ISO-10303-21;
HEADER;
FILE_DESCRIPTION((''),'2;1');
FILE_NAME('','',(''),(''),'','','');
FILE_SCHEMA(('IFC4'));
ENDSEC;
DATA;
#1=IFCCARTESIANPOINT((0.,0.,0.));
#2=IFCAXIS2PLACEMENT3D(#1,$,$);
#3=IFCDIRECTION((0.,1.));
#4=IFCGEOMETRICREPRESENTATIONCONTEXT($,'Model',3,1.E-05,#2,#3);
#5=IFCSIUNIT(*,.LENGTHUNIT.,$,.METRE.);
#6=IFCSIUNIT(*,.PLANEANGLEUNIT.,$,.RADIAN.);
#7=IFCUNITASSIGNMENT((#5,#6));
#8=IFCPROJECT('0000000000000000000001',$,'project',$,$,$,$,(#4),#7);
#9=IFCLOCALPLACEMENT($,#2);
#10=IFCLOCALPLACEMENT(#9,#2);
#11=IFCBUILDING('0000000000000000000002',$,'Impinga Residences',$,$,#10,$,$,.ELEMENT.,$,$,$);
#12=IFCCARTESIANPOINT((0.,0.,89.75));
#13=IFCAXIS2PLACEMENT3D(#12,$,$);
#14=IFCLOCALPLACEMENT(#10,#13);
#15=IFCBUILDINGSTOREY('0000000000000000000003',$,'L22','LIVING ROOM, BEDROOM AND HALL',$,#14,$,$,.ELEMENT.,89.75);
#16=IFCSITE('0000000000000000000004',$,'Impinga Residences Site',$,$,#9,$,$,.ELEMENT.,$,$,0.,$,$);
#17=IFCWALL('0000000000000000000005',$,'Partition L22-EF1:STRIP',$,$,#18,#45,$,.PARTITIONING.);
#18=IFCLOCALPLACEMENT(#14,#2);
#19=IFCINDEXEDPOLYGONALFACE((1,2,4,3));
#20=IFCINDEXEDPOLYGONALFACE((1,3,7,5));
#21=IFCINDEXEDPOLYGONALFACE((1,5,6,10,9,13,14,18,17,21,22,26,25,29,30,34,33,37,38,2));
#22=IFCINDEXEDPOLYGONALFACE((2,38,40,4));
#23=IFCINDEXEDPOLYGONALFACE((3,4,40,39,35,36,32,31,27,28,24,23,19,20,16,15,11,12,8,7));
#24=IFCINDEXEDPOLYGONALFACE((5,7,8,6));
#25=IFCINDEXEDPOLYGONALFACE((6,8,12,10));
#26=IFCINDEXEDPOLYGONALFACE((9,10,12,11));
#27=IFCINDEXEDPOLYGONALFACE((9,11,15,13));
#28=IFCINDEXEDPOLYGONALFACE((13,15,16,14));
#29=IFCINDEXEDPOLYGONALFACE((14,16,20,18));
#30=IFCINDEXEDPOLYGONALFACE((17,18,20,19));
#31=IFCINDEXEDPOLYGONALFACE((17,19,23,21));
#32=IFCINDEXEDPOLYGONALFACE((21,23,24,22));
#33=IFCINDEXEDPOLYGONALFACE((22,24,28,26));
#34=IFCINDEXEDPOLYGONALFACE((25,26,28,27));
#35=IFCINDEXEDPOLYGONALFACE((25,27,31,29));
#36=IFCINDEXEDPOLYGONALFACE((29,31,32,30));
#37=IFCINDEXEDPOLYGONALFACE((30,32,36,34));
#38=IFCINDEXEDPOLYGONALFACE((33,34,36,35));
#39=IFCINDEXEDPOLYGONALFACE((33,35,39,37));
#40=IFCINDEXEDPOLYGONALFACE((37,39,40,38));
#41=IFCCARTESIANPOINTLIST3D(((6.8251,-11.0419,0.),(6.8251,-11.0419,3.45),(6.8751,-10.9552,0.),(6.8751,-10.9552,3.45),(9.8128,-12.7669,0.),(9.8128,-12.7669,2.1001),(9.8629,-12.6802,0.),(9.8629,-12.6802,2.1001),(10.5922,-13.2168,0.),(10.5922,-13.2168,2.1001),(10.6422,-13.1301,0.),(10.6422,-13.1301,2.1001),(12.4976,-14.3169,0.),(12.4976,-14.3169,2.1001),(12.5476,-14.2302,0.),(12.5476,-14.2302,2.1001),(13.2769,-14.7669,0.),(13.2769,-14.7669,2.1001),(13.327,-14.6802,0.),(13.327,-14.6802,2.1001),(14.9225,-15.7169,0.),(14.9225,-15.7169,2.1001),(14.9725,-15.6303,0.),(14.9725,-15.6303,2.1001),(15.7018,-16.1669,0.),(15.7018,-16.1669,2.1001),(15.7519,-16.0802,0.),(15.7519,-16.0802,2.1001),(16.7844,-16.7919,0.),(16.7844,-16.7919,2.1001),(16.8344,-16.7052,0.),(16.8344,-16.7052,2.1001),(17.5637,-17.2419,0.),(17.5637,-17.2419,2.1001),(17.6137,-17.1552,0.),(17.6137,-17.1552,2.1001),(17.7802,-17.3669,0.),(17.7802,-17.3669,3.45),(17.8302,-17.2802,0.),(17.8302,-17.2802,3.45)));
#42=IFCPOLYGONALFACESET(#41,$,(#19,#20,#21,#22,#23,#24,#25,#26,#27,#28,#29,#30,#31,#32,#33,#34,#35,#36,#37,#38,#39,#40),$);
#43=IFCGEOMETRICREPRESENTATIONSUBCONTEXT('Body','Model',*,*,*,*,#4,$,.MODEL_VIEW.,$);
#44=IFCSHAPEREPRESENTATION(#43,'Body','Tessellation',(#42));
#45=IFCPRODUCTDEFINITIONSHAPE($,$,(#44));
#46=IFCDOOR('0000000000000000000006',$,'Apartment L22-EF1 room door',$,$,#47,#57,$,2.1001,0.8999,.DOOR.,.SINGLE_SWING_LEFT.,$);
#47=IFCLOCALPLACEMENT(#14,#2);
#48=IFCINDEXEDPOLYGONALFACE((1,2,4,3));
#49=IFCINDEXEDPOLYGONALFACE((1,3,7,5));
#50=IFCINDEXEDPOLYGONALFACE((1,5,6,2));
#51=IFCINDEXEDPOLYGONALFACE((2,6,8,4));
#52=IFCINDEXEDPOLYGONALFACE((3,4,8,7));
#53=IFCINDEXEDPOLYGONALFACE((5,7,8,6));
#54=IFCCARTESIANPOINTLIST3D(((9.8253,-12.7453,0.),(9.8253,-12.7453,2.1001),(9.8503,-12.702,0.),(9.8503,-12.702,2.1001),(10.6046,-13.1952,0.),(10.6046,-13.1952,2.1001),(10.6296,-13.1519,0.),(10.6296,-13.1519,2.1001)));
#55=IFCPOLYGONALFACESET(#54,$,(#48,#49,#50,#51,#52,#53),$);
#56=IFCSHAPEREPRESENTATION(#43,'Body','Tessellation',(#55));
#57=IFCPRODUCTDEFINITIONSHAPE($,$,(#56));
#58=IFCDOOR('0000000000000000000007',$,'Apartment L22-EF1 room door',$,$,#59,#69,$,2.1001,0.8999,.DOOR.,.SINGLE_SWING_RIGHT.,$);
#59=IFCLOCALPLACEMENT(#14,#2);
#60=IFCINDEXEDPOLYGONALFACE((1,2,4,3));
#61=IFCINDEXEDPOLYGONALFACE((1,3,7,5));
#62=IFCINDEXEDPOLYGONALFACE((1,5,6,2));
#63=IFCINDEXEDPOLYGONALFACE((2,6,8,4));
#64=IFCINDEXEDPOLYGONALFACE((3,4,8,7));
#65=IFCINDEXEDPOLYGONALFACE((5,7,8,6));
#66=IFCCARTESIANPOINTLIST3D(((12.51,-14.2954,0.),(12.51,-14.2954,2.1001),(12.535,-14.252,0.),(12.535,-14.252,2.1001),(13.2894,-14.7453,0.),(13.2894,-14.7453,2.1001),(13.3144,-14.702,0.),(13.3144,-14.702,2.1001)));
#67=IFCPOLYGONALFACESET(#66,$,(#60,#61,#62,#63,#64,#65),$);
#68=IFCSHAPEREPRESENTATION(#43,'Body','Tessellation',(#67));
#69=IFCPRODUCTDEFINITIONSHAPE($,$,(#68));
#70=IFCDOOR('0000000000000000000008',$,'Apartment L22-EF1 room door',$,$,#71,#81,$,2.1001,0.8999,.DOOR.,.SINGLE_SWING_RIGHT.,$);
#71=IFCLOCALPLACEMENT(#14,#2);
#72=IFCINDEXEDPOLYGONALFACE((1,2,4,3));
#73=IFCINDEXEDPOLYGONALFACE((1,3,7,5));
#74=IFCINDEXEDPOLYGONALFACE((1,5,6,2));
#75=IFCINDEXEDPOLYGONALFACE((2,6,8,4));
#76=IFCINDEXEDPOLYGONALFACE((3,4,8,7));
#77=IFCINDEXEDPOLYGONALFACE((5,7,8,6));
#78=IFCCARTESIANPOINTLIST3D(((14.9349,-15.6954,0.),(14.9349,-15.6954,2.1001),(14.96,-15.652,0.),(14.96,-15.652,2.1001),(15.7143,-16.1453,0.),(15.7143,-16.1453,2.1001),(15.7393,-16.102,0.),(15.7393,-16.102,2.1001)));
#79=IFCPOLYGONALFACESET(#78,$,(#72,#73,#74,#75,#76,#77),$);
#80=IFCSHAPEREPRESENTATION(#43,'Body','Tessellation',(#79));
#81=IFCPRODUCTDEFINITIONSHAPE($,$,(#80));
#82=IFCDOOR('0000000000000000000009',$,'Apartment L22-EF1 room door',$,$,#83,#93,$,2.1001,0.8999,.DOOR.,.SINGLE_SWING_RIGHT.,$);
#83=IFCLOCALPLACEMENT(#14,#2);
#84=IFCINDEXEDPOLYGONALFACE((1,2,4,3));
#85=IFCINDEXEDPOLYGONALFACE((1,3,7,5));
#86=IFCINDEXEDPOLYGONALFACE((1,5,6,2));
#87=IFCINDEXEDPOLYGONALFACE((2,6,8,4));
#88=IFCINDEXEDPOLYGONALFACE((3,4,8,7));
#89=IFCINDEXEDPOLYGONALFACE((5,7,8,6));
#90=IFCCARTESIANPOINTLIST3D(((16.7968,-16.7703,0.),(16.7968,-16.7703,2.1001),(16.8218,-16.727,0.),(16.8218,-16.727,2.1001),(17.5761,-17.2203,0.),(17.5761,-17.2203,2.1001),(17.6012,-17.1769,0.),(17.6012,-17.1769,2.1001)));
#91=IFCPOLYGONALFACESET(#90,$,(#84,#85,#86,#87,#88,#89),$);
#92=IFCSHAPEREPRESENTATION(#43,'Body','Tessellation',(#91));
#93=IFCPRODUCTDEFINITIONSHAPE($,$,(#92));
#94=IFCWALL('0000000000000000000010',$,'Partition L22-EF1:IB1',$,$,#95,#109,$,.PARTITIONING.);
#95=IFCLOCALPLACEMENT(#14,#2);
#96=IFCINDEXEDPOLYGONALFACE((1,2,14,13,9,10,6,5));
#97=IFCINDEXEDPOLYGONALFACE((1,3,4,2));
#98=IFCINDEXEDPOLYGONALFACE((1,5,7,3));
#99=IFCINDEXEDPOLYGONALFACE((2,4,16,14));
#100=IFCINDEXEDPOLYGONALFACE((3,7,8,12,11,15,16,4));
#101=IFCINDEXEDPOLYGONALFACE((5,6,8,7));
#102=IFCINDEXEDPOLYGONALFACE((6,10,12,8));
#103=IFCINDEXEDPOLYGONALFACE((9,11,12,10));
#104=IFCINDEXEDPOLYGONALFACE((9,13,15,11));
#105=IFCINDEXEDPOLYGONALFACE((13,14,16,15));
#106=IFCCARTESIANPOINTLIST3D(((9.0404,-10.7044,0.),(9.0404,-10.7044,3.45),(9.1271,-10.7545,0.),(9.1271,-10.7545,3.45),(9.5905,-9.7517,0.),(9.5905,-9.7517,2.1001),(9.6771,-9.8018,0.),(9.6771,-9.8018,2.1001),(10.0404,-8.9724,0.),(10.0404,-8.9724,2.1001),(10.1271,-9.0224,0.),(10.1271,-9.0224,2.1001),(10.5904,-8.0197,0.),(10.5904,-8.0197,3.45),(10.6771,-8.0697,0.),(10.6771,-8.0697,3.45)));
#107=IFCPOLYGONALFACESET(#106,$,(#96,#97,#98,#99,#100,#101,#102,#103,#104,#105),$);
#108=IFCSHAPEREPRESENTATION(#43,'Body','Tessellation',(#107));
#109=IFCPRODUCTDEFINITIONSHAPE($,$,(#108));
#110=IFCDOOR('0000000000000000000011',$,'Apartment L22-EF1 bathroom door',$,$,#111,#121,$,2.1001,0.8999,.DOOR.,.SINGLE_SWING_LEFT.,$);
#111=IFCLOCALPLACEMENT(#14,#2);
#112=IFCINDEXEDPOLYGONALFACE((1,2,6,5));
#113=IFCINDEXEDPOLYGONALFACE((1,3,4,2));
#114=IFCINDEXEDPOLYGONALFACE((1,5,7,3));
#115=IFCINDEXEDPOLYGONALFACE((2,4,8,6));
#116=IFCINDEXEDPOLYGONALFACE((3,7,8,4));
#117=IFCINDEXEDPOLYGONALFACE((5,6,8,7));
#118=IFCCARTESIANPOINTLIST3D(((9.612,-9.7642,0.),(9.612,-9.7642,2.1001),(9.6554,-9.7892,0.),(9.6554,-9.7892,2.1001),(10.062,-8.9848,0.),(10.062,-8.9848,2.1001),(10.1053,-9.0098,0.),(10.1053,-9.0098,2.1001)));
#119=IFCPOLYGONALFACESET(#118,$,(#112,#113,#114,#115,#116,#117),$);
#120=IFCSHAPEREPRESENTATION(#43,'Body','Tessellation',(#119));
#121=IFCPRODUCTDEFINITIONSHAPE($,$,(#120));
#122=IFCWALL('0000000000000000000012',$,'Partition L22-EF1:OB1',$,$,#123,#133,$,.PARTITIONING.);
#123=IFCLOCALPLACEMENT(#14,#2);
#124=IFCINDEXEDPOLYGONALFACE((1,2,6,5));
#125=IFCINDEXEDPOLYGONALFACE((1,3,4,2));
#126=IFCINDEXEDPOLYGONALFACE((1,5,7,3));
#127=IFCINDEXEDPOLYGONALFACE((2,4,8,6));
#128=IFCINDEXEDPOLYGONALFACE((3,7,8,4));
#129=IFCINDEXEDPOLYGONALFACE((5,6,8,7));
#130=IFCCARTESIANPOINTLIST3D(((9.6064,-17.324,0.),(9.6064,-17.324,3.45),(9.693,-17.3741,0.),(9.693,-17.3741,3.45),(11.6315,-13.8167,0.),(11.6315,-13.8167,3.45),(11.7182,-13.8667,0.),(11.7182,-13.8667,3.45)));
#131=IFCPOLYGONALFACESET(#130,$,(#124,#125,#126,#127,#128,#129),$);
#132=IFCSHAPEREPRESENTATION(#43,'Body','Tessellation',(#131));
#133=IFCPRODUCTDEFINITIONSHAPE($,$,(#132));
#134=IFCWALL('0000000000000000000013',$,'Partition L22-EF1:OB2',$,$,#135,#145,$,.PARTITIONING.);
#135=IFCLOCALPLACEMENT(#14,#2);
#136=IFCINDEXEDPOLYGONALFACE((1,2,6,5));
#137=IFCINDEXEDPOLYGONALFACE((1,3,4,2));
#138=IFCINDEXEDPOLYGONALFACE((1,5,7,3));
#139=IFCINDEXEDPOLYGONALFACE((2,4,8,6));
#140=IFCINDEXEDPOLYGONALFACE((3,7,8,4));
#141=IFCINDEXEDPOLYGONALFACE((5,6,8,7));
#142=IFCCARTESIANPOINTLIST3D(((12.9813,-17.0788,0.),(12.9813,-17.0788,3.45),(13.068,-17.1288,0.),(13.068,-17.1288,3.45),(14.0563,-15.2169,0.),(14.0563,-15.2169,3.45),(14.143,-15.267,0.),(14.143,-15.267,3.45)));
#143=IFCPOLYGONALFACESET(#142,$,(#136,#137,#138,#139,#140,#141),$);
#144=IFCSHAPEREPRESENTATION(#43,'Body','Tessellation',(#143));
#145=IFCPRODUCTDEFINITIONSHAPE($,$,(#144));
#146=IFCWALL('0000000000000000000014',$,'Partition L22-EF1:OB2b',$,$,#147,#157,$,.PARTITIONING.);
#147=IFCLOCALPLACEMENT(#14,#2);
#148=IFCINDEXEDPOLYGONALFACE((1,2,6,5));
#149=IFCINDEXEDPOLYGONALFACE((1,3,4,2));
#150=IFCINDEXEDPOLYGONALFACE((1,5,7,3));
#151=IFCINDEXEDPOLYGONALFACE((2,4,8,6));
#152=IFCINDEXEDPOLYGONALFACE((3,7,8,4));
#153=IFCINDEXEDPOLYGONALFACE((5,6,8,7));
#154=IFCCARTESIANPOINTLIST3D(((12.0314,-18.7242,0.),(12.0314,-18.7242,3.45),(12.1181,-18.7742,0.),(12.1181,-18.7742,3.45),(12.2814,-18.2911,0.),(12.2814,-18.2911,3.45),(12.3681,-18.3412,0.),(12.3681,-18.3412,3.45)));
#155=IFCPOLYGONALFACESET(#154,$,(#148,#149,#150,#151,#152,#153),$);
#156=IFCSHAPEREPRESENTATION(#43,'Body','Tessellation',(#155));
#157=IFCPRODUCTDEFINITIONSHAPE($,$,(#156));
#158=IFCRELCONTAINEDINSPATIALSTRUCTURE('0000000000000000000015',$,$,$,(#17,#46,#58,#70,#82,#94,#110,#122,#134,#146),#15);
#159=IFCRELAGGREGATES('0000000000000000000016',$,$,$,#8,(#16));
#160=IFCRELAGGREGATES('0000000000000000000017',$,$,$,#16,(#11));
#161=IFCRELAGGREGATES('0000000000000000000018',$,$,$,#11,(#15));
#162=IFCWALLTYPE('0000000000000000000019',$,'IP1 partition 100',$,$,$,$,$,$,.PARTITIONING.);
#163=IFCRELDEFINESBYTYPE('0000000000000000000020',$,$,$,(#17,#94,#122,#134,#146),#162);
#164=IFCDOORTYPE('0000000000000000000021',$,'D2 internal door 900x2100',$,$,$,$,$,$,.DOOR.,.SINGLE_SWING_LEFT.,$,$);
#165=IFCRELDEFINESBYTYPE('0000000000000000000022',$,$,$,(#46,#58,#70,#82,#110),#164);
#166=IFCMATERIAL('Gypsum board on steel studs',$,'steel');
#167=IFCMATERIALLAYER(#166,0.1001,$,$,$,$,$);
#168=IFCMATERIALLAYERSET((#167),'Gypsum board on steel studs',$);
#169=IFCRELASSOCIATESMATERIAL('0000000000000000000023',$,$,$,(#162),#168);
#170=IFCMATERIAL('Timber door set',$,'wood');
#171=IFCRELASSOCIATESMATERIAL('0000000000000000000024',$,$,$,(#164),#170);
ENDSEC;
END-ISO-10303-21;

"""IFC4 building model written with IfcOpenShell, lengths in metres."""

from ifc_helpers import new_model, si_unit, direction, frame, frame_2d, origin, place, context, subcontext, project, spatial, rectangle, extrude, material, layer, layer_set, type_object, element, fill, save


model = new_model("IFC4")

# Units and contexts
model_context = context("Model", 3, precision=1e-05, world=origin(), true_north=direction((0.0, 1.0)))
body_context = subcontext(model_context, "Body", "Model", "MODEL_VIEW")
ifc_project = project(units=[si_unit("LENGTHUNIT", "METRE"), si_unit("PLANEANGLEUNIT", "RADIAN")], contexts=[model_context])

# Site, building, storey
site_placement = place(None, origin())
site = spatial("IfcSite", under=ifc_project, at=site_placement, Name="Impinga Residences Site", CompositionType="ELEMENT", RefElevation=0.0)
building_placement = place(site_placement, origin())
building = spatial("IfcBuilding", under=site, at=building_placement, Name="Impinga Residences", CompositionType="ELEMENT")
storey_placement = place(building_placement, frame((0.0, 0.0, 89.75)))
storey = spatial("IfcBuildingStorey", under=building, at=storey_placement, Name="L22", Description="LIVING ROOM, BEDROOM AND HALL", CompositionType="ELEMENT", Elevation=89.75)

# Shared definitions
ifc_material_1 = material(Name="Timber door set", Category="wood")

# Shared definitions
ifc_material_2 = material(Name="Gypsum board on steel studs", Category="steel")
ifc_layer_1 = layer(ifc_material_2, 0.1001)
ifc_layer_set_1 = layer_set([ifc_layer_1], Name="Gypsum board on steel studs")
wall_type_1 = type_object("IfcWallType", Name="IP1 partition 100", PredefinedType="PARTITIONING", material=ifc_layer_set_1)
door_type_1 = type_object("IfcDoorType", Name="D2 internal door 900x2100", OperationType="SINGLE_SWING_LEFT", PredefinedType="DOOR", material=ifc_material_1)

# Wall, openings, doors
wall_1_placement = place(storey_placement, frame((6.8501, -10.9985, 0.0), z_axis=(0.0, 0.0, 1.0), x_axis=(0.866024, -0.500002, 0.0)))
wall_1 = element("IfcWall", 1, at=wall_1_placement, inside=storey, type_object=wall_type_1, Name="Partition L22-EF1:STRIP", PredefinedType="PARTITIONING", context=body_context, shape_type="SweptSolid", body=[
    extrude(rectangle(XDim=12.6499, YDim=0.1001, at=frame_2d((6.325, 0.0))), origin(), (0.0, 0.0, 1.0), 3.45),
])
opening_1_placement = place(wall_1_placement, frame((3.45, 0.0, 0.0)))
opening_1 = element("IfcOpeningElement", 2, at=opening_1_placement, cuts=wall_1, PredefinedType="OPENING", context=body_context, shape_type="SweptSolid", body=[
    extrude(rectangle(XDim=0.8999, YDim=2.1001, at=frame_2d((0.45, 1.05))), frame((0.0, 0.0601, 0.0), z_axis=(0.0, -1.0, 0.0), x_axis=(1.0, 0.0, 0.0)), (0.0, 0.0, 1.0), 0.1201),
])
opening_2_placement = place(wall_1_placement, frame((6.55, 0.0, 0.0)))
opening_2 = element("IfcOpeningElement", 3, at=opening_2_placement, cuts=wall_1, PredefinedType="OPENING", context=body_context, shape_type="SweptSolid", body=[
    extrude(rectangle(XDim=0.8999, YDim=2.1001, at=frame_2d((0.45, 1.05))), frame((0.0, 0.0601, 0.0), z_axis=(0.0, -1.0, 0.0), x_axis=(1.0, 0.0, 0.0)), (0.0, 0.0, 1.0), 0.1201),
])
opening_3_placement = place(wall_1_placement, frame((9.3501, 0.0, 0.0)))
opening_3 = element("IfcOpeningElement", 4, at=opening_3_placement, cuts=wall_1, PredefinedType="OPENING", context=body_context, shape_type="SweptSolid", body=[
    extrude(rectangle(XDim=0.8999, YDim=2.1001, at=frame_2d((0.45, 1.05))), frame((0.0, 0.0601, 0.0), z_axis=(0.0, -1.0, 0.0), x_axis=(1.0, 0.0, 0.0)), (0.0, 0.0, 1.0), 0.1201),
])
opening_4_placement = place(wall_1_placement, frame((11.5, 0.0, 0.0)))
opening_4 = element("IfcOpeningElement", 5, at=opening_4_placement, cuts=wall_1, PredefinedType="OPENING", context=body_context, shape_type="SweptSolid", body=[
    extrude(rectangle(XDim=0.8999, YDim=2.1001, at=frame_2d((0.45, 1.05))), frame((0.0, 0.0601, 0.0), z_axis=(0.0, -1.0, 0.0), x_axis=(1.0, 0.0, 0.0)), (0.0, 0.0, 1.0), 0.1201),
])
door_1_placement = place(opening_1_placement, origin())
door_1 = element("IfcDoor", 6, at=door_1_placement, inside=storey, type_object=door_type_1, Name="Apartment L22-EF1 room door", OperationType="SINGLE_SWING_LEFT", OverallHeight=2.1001, OverallWidth=0.8999, PredefinedType="DOOR", context=body_context, shape_type="SweptSolid", body=[
    extrude(rectangle(XDim=0.8999, YDim=2.1001, at=frame_2d((0.45, 1.05))), frame((0.0, 0.0249, 0.0), z_axis=(0.0, -1.0, 0.0), x_axis=(1.0, 0.0, 0.0)), (0.0, 0.0, 1.0), 0.05),
])
fill(opening_1, door_1)
door_2_placement = place(opening_2_placement, origin())
door_2 = element("IfcDoor", 7, at=door_2_placement, inside=storey, type_object=door_type_1, Name="Apartment L22-EF1 room door", OperationType="SINGLE_SWING_RIGHT", OverallHeight=2.1001, OverallWidth=0.8999, PredefinedType="DOOR", context=body_context, shape_type="SweptSolid", body=[
    extrude(rectangle(XDim=0.8999, YDim=2.1001, at=frame_2d((0.45, 1.05))), frame((0.0, 0.0249, 0.0), z_axis=(0.0, -1.0, 0.0), x_axis=(1.0, 0.0, 0.0)), (0.0, 0.0, 1.0), 0.05),
])
fill(opening_2, door_2)
door_3_placement = place(opening_3_placement, origin())
door_3 = element("IfcDoor", 8, at=door_3_placement, inside=storey, type_object=door_type_1, Name="Apartment L22-EF1 room door", OperationType="SINGLE_SWING_RIGHT", OverallHeight=2.1001, OverallWidth=0.8999, PredefinedType="DOOR", context=body_context, shape_type="SweptSolid", body=[
    extrude(rectangle(XDim=0.8999, YDim=2.1001, at=frame_2d((0.45, 1.05))), frame((0.0, 0.0249, 0.0), z_axis=(0.0, -1.0, 0.0), x_axis=(1.0, 0.0, 0.0)), (0.0, 0.0, 1.0), 0.05),
])
fill(opening_3, door_3)
door_4_placement = place(opening_4_placement, origin())
door_4 = element("IfcDoor", 9, at=door_4_placement, inside=storey, type_object=door_type_1, Name="Apartment L22-EF1 room door", OperationType="SINGLE_SWING_RIGHT", OverallHeight=2.1001, OverallWidth=0.8999, PredefinedType="DOOR", context=body_context, shape_type="SweptSolid", body=[
    extrude(rectangle(XDim=0.8999, YDim=2.1001, at=frame_2d((0.45, 1.05))), frame((0.0, 0.0249, 0.0), z_axis=(0.0, -1.0, 0.0), x_axis=(1.0, 0.0, 0.0)), (0.0, 0.0, 1.0), 0.05),
])
fill(opening_4, door_4)

# Wall, opening, door
wall_2_placement = place(storey_placement, frame((10.6338, -8.0447, 0.0), z_axis=(0.0, 0.0, 1.0), x_axis=(-0.499993, -0.86603, 0.0)))
wall_2 = element("IfcWall", 10, at=wall_2_placement, inside=storey, type_object=wall_type_1, Name="Partition L22-EF1:IB1", PredefinedType="PARTITIONING", context=body_context, shape_type="SweptSolid", body=[
    extrude(rectangle(XDim=3.1001, YDim=0.1001, at=frame_2d((1.55, 0.0))), origin(), (0.0, 0.0, 1.0), 3.45),
])
opening_5_placement = place(wall_2_placement, frame((1.1001, 0.0, 0.0)))
opening_5 = element("IfcOpeningElement", 11, at=opening_5_placement, cuts=wall_2, PredefinedType="OPENING", context=body_context, shape_type="SweptSolid", body=[
    extrude(rectangle(XDim=0.8999, YDim=2.1001, at=frame_2d((0.45, 1.05))), frame((0.0, 0.0601, 0.0), z_axis=(0.0, -1.0, 0.0), x_axis=(1.0, 0.0, 0.0)), (0.0, 0.0, 1.0), 0.1201),
])
door_5_placement = place(opening_5_placement, origin())
door_5 = element("IfcDoor", 12, at=door_5_placement, inside=storey, type_object=door_type_1, Name="Apartment L22-EF1 bathroom door", OperationType="SINGLE_SWING_LEFT", OverallHeight=2.1001, OverallWidth=0.8999, PredefinedType="DOOR", context=body_context, shape_type="SweptSolid", body=[
    extrude(rectangle(XDim=0.8999, YDim=2.1001, at=frame_2d((0.45, 1.05))), frame((0.0, 0.0249, 0.0), z_axis=(0.0, -1.0, 0.0), x_axis=(1.0, 0.0, 0.0)), (0.0, 0.0, 1.0), 0.05),
])
fill(opening_5, door_5)

# Walls
wall_3_placement = place(storey_placement, frame((11.6748, -13.8418, 0.0), z_axis=(0.0, 0.0, 1.0), x_axis=(-0.500036, -0.866005, 0.0)))
element("IfcWall", 13, at=wall_3_placement, inside=storey, type_object=wall_type_1, Name="Partition L22-EF1:OB1", PredefinedType="PARTITIONING", context=body_context, shape_type="SweptSolid", body=[
    extrude(rectangle(XDim=4.05, YDim=0.1001, at=frame_2d((2.0249, 0.0))), origin(), (0.0, 0.0, 1.0), 3.45),
])
wall_4_placement = place(storey_placement, frame((14.0996, -15.2419, 0.0), z_axis=(0.0, 0.0, 1.0), x_axis=(-0.500011, -0.866019, 0.0)))
element("IfcWall", 14, at=wall_4_placement, inside=storey, type_object=wall_type_1, Name="Partition L22-EF1:OB2", PredefinedType="PARTITIONING", context=body_context, shape_type="SweptSolid", body=[
    extrude(rectangle(XDim=2.1499, YDim=0.1001, at=frame_2d((1.075, 0.0))), origin(), (0.0, 0.0, 1.0), 3.45),
])
wall_5_placement = place(storey_placement, frame((12.3247, -18.3162, 0.0), z_axis=(0.0, 0.0, 1.0), x_axis=(-0.49992, -0.866072, 0.0)))
element("IfcWall", 15, at=wall_5_placement, inside=storey, type_object=wall_type_1, Name="Partition L22-EF1:OB2b", PredefinedType="PARTITIONING", context=body_context, shape_type="SweptSolid", body=[
    extrude(rectangle(XDim=0.5, YDim=0.1001, at=frame_2d((0.25, 0.0))), origin(), (0.0, 0.0, 1.0), 3.45),
])

save(model, "model.ifc")
